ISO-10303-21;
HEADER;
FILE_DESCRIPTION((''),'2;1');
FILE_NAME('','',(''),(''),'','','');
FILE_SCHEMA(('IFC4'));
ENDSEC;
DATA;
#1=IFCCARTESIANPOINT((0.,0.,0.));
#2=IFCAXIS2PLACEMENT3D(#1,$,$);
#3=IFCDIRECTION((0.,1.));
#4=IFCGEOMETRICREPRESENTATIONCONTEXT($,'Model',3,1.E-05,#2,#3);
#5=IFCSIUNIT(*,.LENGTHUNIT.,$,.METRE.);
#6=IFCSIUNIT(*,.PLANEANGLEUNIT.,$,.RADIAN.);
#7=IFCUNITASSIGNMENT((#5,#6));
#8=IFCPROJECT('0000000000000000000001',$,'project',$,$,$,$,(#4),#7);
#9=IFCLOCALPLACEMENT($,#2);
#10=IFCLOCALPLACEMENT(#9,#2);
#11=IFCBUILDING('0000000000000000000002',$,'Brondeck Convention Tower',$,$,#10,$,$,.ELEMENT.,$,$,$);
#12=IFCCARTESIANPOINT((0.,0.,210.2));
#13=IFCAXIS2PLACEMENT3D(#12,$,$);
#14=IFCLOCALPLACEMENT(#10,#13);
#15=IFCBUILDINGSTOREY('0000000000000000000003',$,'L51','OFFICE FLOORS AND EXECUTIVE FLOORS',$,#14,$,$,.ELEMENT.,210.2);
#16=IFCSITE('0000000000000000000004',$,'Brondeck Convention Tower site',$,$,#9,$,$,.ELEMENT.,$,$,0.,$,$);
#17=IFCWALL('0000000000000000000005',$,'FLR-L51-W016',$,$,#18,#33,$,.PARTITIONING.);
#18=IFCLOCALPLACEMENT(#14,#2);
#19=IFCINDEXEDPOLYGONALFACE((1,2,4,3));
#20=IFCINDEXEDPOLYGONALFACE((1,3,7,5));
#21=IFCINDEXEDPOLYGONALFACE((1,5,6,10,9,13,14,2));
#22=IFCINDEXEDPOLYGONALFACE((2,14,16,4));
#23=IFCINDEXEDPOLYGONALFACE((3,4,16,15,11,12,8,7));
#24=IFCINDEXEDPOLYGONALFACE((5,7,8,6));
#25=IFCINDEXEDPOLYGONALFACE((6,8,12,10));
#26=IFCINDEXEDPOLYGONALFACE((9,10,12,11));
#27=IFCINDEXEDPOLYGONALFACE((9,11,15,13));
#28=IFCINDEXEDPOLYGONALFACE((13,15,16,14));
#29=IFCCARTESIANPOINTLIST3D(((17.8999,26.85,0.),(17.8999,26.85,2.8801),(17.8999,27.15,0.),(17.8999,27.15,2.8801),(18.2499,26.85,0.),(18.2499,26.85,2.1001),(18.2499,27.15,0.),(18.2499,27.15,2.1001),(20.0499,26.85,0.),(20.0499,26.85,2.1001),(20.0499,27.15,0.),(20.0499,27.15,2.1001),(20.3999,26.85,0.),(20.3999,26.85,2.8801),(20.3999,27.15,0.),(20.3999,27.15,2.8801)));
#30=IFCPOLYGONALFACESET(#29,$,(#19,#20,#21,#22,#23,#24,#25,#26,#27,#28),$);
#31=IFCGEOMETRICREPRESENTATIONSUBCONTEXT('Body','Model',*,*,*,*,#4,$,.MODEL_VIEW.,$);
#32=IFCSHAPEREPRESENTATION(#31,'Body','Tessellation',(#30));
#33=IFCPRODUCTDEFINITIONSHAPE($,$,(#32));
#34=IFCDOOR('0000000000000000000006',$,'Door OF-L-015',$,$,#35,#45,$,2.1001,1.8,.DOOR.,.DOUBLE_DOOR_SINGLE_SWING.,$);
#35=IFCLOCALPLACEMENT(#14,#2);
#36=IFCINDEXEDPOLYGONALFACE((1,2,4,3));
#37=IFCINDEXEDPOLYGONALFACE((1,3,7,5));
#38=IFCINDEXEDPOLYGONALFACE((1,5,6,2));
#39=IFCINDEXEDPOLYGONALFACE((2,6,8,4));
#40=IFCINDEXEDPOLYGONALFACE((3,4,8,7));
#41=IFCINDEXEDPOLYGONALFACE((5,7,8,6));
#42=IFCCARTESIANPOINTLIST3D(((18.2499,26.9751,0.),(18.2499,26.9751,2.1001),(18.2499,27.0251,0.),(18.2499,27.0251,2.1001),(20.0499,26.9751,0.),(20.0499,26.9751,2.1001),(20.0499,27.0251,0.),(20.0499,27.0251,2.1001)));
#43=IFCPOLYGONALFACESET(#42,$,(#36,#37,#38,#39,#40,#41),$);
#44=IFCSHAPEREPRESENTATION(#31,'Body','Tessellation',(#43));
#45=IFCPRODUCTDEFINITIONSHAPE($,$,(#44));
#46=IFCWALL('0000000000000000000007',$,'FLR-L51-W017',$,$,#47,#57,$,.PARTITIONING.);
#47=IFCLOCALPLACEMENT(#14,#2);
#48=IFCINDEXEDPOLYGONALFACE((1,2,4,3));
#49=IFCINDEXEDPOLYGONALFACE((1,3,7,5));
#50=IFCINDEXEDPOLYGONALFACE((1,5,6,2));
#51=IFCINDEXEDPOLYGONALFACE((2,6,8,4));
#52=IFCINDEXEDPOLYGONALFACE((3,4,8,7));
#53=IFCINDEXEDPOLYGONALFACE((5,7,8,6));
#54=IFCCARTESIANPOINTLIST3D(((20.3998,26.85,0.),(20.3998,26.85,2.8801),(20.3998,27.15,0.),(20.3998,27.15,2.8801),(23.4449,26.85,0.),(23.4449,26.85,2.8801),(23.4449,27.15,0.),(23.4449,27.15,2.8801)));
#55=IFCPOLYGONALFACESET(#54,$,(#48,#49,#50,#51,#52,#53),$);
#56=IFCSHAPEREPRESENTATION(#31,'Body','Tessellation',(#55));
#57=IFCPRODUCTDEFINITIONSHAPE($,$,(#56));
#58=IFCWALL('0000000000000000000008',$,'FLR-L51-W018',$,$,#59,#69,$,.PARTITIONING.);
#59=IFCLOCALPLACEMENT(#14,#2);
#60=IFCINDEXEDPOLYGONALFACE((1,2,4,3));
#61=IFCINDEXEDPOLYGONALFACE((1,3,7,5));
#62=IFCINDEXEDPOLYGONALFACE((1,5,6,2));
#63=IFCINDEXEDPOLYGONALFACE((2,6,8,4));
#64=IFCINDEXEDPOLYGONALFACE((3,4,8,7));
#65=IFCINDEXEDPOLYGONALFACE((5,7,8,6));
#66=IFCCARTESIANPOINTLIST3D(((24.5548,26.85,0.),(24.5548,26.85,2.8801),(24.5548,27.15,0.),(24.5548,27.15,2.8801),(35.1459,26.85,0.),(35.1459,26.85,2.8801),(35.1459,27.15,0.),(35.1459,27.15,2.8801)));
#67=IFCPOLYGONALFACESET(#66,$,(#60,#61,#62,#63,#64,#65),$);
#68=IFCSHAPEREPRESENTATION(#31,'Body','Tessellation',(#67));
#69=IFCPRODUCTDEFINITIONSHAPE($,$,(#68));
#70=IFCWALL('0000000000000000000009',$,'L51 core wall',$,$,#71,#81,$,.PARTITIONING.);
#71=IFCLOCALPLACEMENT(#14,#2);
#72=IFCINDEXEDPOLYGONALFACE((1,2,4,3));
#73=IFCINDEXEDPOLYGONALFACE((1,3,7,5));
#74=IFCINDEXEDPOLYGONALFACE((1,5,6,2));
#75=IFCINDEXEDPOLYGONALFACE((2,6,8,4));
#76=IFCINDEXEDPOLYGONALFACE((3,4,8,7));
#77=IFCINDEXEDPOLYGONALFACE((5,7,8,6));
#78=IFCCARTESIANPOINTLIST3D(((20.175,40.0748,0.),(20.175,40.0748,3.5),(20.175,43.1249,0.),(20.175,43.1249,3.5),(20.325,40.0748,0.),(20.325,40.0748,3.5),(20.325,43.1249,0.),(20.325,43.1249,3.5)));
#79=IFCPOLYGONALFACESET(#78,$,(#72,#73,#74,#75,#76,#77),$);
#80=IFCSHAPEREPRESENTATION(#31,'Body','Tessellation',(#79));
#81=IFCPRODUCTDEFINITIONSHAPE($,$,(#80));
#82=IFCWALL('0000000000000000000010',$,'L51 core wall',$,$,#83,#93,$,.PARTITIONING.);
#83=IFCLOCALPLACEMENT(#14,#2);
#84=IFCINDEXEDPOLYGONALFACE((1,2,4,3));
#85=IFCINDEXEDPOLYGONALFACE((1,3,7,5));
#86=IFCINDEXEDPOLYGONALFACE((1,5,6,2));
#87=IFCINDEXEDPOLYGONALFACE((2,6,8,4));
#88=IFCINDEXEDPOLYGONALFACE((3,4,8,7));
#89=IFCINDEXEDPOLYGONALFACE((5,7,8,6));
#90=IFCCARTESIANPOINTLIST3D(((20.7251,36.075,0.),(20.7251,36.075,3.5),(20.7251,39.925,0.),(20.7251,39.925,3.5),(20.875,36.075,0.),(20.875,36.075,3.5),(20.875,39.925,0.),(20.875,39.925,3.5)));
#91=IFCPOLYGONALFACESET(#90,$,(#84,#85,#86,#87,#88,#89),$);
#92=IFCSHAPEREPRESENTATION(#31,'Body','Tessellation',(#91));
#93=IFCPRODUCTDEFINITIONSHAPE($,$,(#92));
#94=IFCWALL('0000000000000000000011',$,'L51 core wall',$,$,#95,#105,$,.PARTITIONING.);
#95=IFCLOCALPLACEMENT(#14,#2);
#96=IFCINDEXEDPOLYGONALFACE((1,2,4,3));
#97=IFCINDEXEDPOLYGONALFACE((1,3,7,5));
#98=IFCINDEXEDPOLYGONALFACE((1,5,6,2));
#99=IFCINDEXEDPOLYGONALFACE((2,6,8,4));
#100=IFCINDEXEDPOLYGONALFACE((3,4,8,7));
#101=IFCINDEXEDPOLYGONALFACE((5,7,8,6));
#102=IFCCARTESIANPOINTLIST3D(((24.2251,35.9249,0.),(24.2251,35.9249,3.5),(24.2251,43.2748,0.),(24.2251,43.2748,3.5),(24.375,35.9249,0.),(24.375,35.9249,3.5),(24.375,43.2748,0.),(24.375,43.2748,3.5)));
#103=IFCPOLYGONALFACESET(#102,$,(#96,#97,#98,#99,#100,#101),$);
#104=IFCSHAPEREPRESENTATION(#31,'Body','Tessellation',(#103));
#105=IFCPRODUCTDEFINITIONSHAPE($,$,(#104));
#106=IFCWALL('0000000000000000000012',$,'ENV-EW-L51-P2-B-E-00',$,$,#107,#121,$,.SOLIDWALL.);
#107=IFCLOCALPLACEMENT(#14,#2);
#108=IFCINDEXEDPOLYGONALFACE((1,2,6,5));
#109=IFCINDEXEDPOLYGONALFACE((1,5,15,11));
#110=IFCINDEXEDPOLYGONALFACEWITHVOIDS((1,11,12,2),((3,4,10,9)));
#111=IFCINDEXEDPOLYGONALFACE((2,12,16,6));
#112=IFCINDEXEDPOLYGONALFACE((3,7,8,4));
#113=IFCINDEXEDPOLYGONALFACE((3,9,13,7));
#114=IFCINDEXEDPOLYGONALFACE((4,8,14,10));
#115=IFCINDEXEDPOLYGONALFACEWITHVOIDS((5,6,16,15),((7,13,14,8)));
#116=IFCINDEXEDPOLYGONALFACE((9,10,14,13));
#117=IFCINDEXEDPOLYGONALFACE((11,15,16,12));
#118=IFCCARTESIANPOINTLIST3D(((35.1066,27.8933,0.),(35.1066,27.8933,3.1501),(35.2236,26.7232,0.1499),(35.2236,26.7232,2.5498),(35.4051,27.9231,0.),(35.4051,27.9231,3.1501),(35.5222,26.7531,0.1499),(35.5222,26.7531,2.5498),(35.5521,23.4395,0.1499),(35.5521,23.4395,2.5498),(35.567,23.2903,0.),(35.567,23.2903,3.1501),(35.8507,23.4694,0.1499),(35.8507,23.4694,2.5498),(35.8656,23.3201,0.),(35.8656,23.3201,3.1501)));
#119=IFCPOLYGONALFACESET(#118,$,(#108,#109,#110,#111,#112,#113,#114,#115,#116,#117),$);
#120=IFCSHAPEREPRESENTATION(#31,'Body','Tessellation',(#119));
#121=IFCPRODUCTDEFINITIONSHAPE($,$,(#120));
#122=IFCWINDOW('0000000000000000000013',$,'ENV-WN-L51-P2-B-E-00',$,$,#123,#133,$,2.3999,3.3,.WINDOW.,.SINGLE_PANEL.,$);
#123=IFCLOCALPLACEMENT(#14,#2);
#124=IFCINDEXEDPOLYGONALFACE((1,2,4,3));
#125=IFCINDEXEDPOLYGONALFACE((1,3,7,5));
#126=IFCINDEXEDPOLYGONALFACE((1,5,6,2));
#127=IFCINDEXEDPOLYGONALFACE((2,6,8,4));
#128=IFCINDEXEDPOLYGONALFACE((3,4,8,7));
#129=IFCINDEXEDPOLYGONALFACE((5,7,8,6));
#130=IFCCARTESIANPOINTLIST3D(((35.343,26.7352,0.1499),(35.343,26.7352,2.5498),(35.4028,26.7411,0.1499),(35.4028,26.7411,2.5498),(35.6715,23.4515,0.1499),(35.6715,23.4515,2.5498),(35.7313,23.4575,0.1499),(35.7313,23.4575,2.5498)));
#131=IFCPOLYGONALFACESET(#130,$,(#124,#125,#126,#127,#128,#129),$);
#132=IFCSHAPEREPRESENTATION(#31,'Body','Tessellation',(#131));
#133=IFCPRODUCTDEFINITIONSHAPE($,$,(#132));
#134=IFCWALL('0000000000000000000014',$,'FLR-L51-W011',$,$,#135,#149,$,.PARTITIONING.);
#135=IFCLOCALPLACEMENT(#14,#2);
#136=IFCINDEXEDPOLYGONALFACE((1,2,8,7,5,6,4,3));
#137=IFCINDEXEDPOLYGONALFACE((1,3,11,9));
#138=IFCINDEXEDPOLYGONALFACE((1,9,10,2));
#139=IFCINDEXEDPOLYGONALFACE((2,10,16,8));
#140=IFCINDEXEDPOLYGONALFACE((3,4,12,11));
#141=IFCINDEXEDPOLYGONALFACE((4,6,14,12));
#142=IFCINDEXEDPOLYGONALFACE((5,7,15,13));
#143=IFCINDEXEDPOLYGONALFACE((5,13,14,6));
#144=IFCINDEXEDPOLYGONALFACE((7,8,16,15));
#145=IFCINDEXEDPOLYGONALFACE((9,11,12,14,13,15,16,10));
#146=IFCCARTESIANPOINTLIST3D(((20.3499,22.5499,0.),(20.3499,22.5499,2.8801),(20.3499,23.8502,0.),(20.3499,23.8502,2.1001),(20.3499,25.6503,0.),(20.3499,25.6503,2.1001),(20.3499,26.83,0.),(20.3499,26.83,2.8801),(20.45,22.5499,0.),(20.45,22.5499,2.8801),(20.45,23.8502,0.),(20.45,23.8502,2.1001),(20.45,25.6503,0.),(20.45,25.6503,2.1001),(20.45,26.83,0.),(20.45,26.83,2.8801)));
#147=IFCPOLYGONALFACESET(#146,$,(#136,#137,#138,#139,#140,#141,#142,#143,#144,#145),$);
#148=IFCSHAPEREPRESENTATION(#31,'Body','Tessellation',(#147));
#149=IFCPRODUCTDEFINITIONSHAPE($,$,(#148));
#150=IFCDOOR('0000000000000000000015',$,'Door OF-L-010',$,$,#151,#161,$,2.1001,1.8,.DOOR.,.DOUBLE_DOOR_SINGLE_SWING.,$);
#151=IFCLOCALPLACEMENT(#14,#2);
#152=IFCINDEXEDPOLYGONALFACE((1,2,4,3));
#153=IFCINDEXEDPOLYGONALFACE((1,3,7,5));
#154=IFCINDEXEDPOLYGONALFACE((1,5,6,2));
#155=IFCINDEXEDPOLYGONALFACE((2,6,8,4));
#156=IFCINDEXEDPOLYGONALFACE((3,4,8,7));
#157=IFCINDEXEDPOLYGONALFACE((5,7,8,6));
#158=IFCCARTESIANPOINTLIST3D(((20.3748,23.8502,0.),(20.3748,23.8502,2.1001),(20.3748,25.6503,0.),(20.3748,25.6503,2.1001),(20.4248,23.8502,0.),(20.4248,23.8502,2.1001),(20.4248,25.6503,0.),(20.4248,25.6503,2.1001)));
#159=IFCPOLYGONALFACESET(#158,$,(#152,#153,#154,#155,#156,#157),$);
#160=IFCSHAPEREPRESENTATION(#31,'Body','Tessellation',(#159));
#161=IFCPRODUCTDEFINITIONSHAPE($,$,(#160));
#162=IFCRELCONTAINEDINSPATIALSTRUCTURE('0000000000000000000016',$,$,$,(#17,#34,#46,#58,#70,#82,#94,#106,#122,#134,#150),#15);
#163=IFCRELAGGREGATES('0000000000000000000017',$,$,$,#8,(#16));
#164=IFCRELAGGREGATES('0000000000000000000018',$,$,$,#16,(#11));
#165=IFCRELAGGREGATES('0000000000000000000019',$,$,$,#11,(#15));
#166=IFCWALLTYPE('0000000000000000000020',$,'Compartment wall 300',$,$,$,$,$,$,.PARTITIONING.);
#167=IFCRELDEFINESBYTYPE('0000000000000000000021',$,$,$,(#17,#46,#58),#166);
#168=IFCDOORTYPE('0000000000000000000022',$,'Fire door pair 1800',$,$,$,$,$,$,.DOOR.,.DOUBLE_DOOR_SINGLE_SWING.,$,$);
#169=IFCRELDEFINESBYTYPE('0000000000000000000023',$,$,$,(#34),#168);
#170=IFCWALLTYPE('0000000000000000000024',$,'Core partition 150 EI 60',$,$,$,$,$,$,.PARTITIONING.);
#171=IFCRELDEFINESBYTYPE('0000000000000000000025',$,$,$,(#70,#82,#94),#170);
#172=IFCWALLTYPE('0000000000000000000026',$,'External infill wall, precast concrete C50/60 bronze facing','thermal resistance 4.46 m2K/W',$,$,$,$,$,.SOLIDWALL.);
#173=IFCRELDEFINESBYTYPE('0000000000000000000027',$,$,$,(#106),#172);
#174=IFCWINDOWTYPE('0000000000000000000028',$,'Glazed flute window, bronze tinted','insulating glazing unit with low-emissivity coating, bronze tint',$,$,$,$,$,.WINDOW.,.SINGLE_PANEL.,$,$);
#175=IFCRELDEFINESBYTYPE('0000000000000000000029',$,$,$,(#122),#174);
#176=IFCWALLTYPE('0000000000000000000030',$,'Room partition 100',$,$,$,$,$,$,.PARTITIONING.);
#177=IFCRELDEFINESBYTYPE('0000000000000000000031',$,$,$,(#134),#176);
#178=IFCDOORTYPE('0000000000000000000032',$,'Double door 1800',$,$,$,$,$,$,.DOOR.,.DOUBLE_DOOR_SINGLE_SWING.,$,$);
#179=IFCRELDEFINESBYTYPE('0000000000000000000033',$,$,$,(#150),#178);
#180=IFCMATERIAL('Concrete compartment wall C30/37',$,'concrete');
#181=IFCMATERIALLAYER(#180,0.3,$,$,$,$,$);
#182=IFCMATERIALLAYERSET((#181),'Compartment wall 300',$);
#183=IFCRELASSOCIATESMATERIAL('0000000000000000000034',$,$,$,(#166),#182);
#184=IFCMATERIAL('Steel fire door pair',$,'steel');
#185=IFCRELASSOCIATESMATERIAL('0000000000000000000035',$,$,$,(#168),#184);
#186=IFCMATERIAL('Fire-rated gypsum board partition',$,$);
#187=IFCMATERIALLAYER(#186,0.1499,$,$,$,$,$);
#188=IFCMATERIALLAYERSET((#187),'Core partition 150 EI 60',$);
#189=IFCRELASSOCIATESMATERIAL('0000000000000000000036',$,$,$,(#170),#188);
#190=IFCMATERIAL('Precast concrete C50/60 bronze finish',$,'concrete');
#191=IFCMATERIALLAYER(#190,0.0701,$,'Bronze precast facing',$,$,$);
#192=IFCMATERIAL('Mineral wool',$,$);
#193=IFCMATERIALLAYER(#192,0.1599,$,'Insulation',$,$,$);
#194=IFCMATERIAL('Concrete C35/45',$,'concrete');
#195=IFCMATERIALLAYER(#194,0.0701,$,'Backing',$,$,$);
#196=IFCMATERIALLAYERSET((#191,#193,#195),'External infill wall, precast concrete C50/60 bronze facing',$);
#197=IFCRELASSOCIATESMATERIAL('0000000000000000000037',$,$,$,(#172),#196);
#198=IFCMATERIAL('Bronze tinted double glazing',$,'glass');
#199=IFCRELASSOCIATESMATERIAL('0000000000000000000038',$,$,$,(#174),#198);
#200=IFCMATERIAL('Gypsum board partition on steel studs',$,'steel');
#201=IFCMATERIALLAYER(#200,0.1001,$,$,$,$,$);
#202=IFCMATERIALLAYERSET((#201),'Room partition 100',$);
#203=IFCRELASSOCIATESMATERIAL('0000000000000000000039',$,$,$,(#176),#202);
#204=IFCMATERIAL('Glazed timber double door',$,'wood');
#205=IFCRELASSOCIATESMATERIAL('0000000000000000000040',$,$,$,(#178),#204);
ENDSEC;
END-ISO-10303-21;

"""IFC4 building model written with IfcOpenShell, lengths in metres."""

from ifc_helpers import new_model, si_unit, direction, frame, frame_2d, origin, place, context, subcontext, project, spatial, rectangle, extrude, material, layer, layer_set, type_object, element, fill, save


model = new_model("IFC4")

# Units and contexts
model_context = context("Model", 3, precision=1e-05, world=origin(), true_north=direction((0.0, 1.0)))
body_context = subcontext(model_context, "Body", "Model", "MODEL_VIEW")
ifc_project = project(units=[si_unit("LENGTHUNIT", "METRE"), si_unit("PLANEANGLEUNIT", "RADIAN")], contexts=[model_context])

# Site, building, storey
site_placement = place(None, origin())
site = spatial("IfcSite", under=ifc_project, at=site_placement, Name="Brondeck Convention Tower site", CompositionType="ELEMENT", RefElevation=0.0)
building_placement = place(site_placement, origin())
building = spatial("IfcBuilding", under=site, at=building_placement, Name="Brondeck Convention Tower", CompositionType="ELEMENT")
storey_placement = place(building_placement, frame((0.0, 0.0, 210.2)))
storey = spatial("IfcBuildingStorey", under=building, at=storey_placement, Name="L51", Description="OFFICE FLOORS AND EXECUTIVE FLOORS", CompositionType="ELEMENT", Elevation=210.2)

# Wall, opening, door
ifc_material_1 = material(Name="Concrete compartment wall C30/37", Category="concrete")
ifc_layer_1 = layer(ifc_material_1, 0.3)
ifc_layer_set_1 = layer_set([ifc_layer_1], Name="Compartment wall 300")
wall_type_1 = type_object("IfcWallType", Name="Compartment wall 300", PredefinedType="PARTITIONING", material=ifc_layer_set_1)
wall_1_placement = place(storey_placement, frame((20.3999, 27.0, 0.0), z_axis=(0.0, 0.0, 1.0), x_axis=(-1.0, 0.0, 0.0)))
wall_1 = element("IfcWall", 1, at=wall_1_placement, inside=storey, type_object=wall_type_1, Name="FLR-L51-W016", PredefinedType="PARTITIONING", context=body_context, shape_type="SweptSolid", body=[
    extrude(rectangle(XDim=2.5, YDim=0.3, at=frame_2d((1.25, 0.0))), origin(), (0.0, 0.0, 1.0), 2.8801),
])
opening_1_placement = place(wall_1_placement, frame((0.3501, 0.0, 0.0)))
opening_1 = element("IfcOpeningElement", 2, at=opening_1_placement, cuts=wall_1, PredefinedType="OPENING", context=body_context, shape_type="SweptSolid", body=[
    extrude(rectangle(XDim=1.8, YDim=2.1001, at=frame_2d((0.8999, 1.05))), frame((0.0, 0.1599, 0.0), z_axis=(0.0, -1.0, 0.0), x_axis=(1.0, 0.0, 0.0)), (0.0, 0.0, 1.0), 0.3201),
])
ifc_material_2 = material(Name="Steel fire door pair", Category="steel")
door_type_1 = type_object("IfcDoorType", Name="Fire door pair 1800", OperationType="DOUBLE_DOOR_SINGLE_SWING", PredefinedType="DOOR", material=ifc_material_2)
door_1_placement = place(opening_1_placement, origin())
door_1 = element("IfcDoor", 3, at=door_1_placement, inside=storey, type_object=door_type_1, Name="Door OF-L-015", OperationType="DOUBLE_DOOR_SINGLE_SWING", OverallHeight=2.1001, OverallWidth=1.8, PredefinedType="DOOR", context=body_context, shape_type="SweptSolid", body=[
    extrude(rectangle(XDim=1.8, YDim=2.1001, at=frame_2d((0.8999, 1.05))), frame((0.0, 0.0249, 0.0), z_axis=(0.0, -1.0, 0.0), x_axis=(1.0, 0.0, 0.0)), (0.0, 0.0, 1.0), 0.05),
])
fill(opening_1, door_1)

# Walls
wall_2_placement = place(storey_placement, frame((20.3999, 27.0, 0.0), z_axis=(0.0, 0.0, 1.0), x_axis=(1.0, 0.0, 0.0)))
element("IfcWall", 4, at=wall_2_placement, inside=storey, type_object=wall_type_1, Name="FLR-L51-W017", PredefinedType="PARTITIONING", context=body_context, shape_type="SweptSolid", body=[
    extrude(rectangle(XDim=3.0452, YDim=0.3, at=frame_2d((1.5225, 0.0))), origin(), (0.0, 0.0, 1.0), 2.8801),
])
wall_3_placement = place(storey_placement, frame((24.5549, 27.0, 0.0), z_axis=(0.0, 0.0, 1.0), x_axis=(1.0, 0.0, 0.0)))
element("IfcWall", 5, at=wall_3_placement, inside=storey, type_object=wall_type_1, Name="FLR-L51-W018", PredefinedType="PARTITIONING", context=body_context, shape_type="SweptSolid", body=[
    extrude(rectangle(XDim=10.5911, YDim=0.3, at=frame_2d((5.2954, 0.0))), origin(), (0.0, 0.0, 1.0), 2.8801),
])
ifc_material_3 = material(Name="Fire-rated gypsum board partition")
ifc_layer_2 = layer(ifc_material_3, 0.1499)
ifc_layer_set_2 = layer_set([ifc_layer_2], Name="Core partition 150 EI 60")
wall_type_2 = type_object("IfcWallType", Name="Core partition 150 EI 60", PredefinedType="PARTITIONING", material=ifc_layer_set_2)
wall_4_placement = place(storey_placement, frame((20.25, 40.075, 0.0), z_axis=(0.0, 0.0, 1.0), x_axis=(0.0, 1.0, 0.0)))
element("IfcWall", 6, at=wall_4_placement, inside=storey, type_object=wall_type_2, Name="L51 core wall", PredefinedType="PARTITIONING", context=body_context, shape_type="SweptSolid", body=[
    extrude(rectangle(XDim=3.05, YDim=0.1499, at=frame_2d((1.5249, 0.0))), origin(), (0.0, 0.0, 1.0), 3.5),
])
wall_5_placement = place(storey_placement, frame((20.8, 36.075, 0.0), z_axis=(0.0, 0.0, 1.0), x_axis=(0.0, 1.0, 0.0)))
element("IfcWall", 7, at=wall_5_placement, inside=storey, type_object=wall_type_2, Name="L51 core wall", PredefinedType="PARTITIONING", context=body_context, shape_type="SweptSolid", body=[
    extrude(rectangle(XDim=3.8501, YDim=0.1499, at=frame_2d((1.925, 0.0))), origin(), (0.0, 0.0, 1.0), 3.5),
])
wall_6_placement = place(storey_placement, frame((24.3, 35.925, 0.0), z_axis=(0.0, 0.0, 1.0), x_axis=(0.0, 1.0, 0.0)))
element("IfcWall", 8, at=wall_6_placement, inside=storey, type_object=wall_type_2, Name="L51 core wall", PredefinedType="PARTITIONING", context=body_context, shape_type="SweptSolid", body=[
    extrude(rectangle(XDim=7.3499, YDim=0.1499, at=frame_2d((3.6748, 0.0))), origin(), (0.0, 0.0, 1.0), 3.5),
])

# Wall, opening, window
ifc_material_4 = material(Name="Precast concrete C50/60 bronze finish", Category="concrete")
ifc_layer_3 = layer(ifc_material_4, 0.0701, Name="Bronze precast facing")
ifc_material_5 = material(Name="Mineral wool")
ifc_layer_4 = layer(ifc_material_5, 0.1599, Name="Insulation")
ifc_material_6 = material(Name="Concrete C35/45", Category="concrete")
ifc_layer_5 = layer(ifc_material_6, 0.0701, Name="Backing")
ifc_layer_set_3 = layer_set([ifc_layer_3, ifc_layer_4, ifc_layer_5], Name="External infill wall, precast concrete C50/60 bronze facing")
wall_type_3 = type_object("IfcWallType", Name="External infill wall, precast concrete C50/60 bronze facing", Description="thermal resistance 4.46 m2K/W", PredefinedType="SOLIDWALL", material=ifc_layer_set_3)
wall_7_placement = place(storey_placement, frame((35.2559, 27.9082, 0.0), z_axis=(0.0, 0.0, 1.0), x_axis=(0.099535, -0.995034, 0.0)))
wall_7 = element("IfcWall", 9, at=wall_7_placement, inside=storey, type_object=wall_type_3, Name="ENV-EW-L51-P2-B-E-00", PredefinedType="SOLIDWALL", context=body_context, shape_type="SweptSolid", body=[
    extrude(rectangle(XDim=4.626, YDim=0.3, at=frame_2d((2.313, 0.0))), origin(), (0.0, 0.0, 1.0), 3.1501),
])
opening_2_placement = place(wall_7_placement, frame((1.176, 0.0, 0.1499)))
opening_2 = element("IfcOpeningElement", 10, at=opening_2_placement, cuts=wall_7, PredefinedType="OPENING", context=body_context, shape_type="SweptSolid", body=[
    extrude(rectangle(XDim=3.3, YDim=2.3999, at=frame_2d((1.6499, 1.2))), frame((0.0, 0.1599, 0.0), z_axis=(0.0, -1.0, 0.0), x_axis=(1.0, 0.0, 0.0)), (0.0, 0.0, 1.0), 0.3201),
])
ifc_material_7 = material(Name="Bronze tinted double glazing", Category="glass")
window_type = type_object("IfcWindowType", Name="Glazed flute window, bronze tinted", Description="insulating glazing unit with low-emissivity coating, bronze tint", PartitioningType="SINGLE_PANEL", PredefinedType="WINDOW", material=ifc_material_7)
window_placement = place(opening_2_placement, origin())
window = element("IfcWindow", 11, at=window_placement, inside=storey, type_object=window_type, Name="ENV-WN-L51-P2-B-E-00", OverallHeight=2.3999, OverallWidth=3.3, PartitioningType="SINGLE_PANEL", PredefinedType="WINDOW", context=body_context, shape_type="SweptSolid", body=[
    extrude(rectangle(XDim=3.3, YDim=2.3999, at=frame_2d((1.6499, 1.2))), frame((0.0, 0.03, 0.0), z_axis=(0.0, -1.0, 0.0), x_axis=(1.0, 0.0, 0.0)), (0.0, 0.0, 1.0), 0.0601),
])
fill(opening_2, window)

# Wall, opening, door
ifc_material_8 = material(Name="Gypsum board partition on steel studs", Category="steel")
ifc_layer_6 = layer(ifc_material_8, 0.1001)
ifc_layer_set_4 = layer_set([ifc_layer_6], Name="Room partition 100")
wall_type_4 = type_object("IfcWallType", Name="Room partition 100", PredefinedType="PARTITIONING", material=ifc_layer_set_4)
wall_8_placement = place(storey_placement, frame((20.3999, 26.8301, 0.0), z_axis=(0.0, 0.0, 1.0), x_axis=(0.0, -1.0, 0.0)))
wall_8 = element("IfcWall", 12, at=wall_8_placement, inside=storey, type_object=wall_type_4, Name="FLR-L51-W011", PredefinedType="PARTITIONING", context=body_context, shape_type="SweptSolid", body=[
    extrude(rectangle(XDim=4.28, YDim=0.1001, at=frame_2d((2.1401, 0.0))), origin(), (0.0, 0.0, 1.0), 2.8801),
])
opening_3_placement = place(wall_8_placement, frame((1.1799, 0.0, 0.0)))
opening_3 = element("IfcOpeningElement", 13, at=opening_3_placement, cuts=wall_8, PredefinedType="OPENING", context=body_context, shape_type="SweptSolid", body=[
    extrude(rectangle(XDim=1.8, YDim=2.1001, at=frame_2d((0.8999, 1.05))), frame((0.0, 0.0601, 0.0), z_axis=(0.0, -1.0, 0.0), x_axis=(1.0, 0.0, 0.0)), (0.0, 0.0, 1.0), 0.1201),
])
ifc_material_9 = material(Name="Glazed timber double door", Category="wood")
door_type_2 = type_object("IfcDoorType", Name="Double door 1800", OperationType="DOUBLE_DOOR_SINGLE_SWING", PredefinedType="DOOR", material=ifc_material_9)
door_2_placement = place(opening_3_placement, origin())
door_2 = element("IfcDoor", 14, at=door_2_placement, inside=storey, type_object=door_type_2, Name="Door OF-L-010", OperationType="DOUBLE_DOOR_SINGLE_SWING", OverallHeight=2.1001, OverallWidth=1.8, PredefinedType="DOOR", context=body_context, shape_type="SweptSolid", body=[
    extrude(rectangle(XDim=1.8, YDim=2.1001, at=frame_2d((0.8999, 1.05))), frame((0.0, 0.0249, 0.0), z_axis=(0.0, -1.0, 0.0), x_axis=(1.0, 0.0, 0.0)), (0.0, 0.0, 1.0), 0.05),
])
fill(opening_3, door_2)

save(model, "model.ifc")
